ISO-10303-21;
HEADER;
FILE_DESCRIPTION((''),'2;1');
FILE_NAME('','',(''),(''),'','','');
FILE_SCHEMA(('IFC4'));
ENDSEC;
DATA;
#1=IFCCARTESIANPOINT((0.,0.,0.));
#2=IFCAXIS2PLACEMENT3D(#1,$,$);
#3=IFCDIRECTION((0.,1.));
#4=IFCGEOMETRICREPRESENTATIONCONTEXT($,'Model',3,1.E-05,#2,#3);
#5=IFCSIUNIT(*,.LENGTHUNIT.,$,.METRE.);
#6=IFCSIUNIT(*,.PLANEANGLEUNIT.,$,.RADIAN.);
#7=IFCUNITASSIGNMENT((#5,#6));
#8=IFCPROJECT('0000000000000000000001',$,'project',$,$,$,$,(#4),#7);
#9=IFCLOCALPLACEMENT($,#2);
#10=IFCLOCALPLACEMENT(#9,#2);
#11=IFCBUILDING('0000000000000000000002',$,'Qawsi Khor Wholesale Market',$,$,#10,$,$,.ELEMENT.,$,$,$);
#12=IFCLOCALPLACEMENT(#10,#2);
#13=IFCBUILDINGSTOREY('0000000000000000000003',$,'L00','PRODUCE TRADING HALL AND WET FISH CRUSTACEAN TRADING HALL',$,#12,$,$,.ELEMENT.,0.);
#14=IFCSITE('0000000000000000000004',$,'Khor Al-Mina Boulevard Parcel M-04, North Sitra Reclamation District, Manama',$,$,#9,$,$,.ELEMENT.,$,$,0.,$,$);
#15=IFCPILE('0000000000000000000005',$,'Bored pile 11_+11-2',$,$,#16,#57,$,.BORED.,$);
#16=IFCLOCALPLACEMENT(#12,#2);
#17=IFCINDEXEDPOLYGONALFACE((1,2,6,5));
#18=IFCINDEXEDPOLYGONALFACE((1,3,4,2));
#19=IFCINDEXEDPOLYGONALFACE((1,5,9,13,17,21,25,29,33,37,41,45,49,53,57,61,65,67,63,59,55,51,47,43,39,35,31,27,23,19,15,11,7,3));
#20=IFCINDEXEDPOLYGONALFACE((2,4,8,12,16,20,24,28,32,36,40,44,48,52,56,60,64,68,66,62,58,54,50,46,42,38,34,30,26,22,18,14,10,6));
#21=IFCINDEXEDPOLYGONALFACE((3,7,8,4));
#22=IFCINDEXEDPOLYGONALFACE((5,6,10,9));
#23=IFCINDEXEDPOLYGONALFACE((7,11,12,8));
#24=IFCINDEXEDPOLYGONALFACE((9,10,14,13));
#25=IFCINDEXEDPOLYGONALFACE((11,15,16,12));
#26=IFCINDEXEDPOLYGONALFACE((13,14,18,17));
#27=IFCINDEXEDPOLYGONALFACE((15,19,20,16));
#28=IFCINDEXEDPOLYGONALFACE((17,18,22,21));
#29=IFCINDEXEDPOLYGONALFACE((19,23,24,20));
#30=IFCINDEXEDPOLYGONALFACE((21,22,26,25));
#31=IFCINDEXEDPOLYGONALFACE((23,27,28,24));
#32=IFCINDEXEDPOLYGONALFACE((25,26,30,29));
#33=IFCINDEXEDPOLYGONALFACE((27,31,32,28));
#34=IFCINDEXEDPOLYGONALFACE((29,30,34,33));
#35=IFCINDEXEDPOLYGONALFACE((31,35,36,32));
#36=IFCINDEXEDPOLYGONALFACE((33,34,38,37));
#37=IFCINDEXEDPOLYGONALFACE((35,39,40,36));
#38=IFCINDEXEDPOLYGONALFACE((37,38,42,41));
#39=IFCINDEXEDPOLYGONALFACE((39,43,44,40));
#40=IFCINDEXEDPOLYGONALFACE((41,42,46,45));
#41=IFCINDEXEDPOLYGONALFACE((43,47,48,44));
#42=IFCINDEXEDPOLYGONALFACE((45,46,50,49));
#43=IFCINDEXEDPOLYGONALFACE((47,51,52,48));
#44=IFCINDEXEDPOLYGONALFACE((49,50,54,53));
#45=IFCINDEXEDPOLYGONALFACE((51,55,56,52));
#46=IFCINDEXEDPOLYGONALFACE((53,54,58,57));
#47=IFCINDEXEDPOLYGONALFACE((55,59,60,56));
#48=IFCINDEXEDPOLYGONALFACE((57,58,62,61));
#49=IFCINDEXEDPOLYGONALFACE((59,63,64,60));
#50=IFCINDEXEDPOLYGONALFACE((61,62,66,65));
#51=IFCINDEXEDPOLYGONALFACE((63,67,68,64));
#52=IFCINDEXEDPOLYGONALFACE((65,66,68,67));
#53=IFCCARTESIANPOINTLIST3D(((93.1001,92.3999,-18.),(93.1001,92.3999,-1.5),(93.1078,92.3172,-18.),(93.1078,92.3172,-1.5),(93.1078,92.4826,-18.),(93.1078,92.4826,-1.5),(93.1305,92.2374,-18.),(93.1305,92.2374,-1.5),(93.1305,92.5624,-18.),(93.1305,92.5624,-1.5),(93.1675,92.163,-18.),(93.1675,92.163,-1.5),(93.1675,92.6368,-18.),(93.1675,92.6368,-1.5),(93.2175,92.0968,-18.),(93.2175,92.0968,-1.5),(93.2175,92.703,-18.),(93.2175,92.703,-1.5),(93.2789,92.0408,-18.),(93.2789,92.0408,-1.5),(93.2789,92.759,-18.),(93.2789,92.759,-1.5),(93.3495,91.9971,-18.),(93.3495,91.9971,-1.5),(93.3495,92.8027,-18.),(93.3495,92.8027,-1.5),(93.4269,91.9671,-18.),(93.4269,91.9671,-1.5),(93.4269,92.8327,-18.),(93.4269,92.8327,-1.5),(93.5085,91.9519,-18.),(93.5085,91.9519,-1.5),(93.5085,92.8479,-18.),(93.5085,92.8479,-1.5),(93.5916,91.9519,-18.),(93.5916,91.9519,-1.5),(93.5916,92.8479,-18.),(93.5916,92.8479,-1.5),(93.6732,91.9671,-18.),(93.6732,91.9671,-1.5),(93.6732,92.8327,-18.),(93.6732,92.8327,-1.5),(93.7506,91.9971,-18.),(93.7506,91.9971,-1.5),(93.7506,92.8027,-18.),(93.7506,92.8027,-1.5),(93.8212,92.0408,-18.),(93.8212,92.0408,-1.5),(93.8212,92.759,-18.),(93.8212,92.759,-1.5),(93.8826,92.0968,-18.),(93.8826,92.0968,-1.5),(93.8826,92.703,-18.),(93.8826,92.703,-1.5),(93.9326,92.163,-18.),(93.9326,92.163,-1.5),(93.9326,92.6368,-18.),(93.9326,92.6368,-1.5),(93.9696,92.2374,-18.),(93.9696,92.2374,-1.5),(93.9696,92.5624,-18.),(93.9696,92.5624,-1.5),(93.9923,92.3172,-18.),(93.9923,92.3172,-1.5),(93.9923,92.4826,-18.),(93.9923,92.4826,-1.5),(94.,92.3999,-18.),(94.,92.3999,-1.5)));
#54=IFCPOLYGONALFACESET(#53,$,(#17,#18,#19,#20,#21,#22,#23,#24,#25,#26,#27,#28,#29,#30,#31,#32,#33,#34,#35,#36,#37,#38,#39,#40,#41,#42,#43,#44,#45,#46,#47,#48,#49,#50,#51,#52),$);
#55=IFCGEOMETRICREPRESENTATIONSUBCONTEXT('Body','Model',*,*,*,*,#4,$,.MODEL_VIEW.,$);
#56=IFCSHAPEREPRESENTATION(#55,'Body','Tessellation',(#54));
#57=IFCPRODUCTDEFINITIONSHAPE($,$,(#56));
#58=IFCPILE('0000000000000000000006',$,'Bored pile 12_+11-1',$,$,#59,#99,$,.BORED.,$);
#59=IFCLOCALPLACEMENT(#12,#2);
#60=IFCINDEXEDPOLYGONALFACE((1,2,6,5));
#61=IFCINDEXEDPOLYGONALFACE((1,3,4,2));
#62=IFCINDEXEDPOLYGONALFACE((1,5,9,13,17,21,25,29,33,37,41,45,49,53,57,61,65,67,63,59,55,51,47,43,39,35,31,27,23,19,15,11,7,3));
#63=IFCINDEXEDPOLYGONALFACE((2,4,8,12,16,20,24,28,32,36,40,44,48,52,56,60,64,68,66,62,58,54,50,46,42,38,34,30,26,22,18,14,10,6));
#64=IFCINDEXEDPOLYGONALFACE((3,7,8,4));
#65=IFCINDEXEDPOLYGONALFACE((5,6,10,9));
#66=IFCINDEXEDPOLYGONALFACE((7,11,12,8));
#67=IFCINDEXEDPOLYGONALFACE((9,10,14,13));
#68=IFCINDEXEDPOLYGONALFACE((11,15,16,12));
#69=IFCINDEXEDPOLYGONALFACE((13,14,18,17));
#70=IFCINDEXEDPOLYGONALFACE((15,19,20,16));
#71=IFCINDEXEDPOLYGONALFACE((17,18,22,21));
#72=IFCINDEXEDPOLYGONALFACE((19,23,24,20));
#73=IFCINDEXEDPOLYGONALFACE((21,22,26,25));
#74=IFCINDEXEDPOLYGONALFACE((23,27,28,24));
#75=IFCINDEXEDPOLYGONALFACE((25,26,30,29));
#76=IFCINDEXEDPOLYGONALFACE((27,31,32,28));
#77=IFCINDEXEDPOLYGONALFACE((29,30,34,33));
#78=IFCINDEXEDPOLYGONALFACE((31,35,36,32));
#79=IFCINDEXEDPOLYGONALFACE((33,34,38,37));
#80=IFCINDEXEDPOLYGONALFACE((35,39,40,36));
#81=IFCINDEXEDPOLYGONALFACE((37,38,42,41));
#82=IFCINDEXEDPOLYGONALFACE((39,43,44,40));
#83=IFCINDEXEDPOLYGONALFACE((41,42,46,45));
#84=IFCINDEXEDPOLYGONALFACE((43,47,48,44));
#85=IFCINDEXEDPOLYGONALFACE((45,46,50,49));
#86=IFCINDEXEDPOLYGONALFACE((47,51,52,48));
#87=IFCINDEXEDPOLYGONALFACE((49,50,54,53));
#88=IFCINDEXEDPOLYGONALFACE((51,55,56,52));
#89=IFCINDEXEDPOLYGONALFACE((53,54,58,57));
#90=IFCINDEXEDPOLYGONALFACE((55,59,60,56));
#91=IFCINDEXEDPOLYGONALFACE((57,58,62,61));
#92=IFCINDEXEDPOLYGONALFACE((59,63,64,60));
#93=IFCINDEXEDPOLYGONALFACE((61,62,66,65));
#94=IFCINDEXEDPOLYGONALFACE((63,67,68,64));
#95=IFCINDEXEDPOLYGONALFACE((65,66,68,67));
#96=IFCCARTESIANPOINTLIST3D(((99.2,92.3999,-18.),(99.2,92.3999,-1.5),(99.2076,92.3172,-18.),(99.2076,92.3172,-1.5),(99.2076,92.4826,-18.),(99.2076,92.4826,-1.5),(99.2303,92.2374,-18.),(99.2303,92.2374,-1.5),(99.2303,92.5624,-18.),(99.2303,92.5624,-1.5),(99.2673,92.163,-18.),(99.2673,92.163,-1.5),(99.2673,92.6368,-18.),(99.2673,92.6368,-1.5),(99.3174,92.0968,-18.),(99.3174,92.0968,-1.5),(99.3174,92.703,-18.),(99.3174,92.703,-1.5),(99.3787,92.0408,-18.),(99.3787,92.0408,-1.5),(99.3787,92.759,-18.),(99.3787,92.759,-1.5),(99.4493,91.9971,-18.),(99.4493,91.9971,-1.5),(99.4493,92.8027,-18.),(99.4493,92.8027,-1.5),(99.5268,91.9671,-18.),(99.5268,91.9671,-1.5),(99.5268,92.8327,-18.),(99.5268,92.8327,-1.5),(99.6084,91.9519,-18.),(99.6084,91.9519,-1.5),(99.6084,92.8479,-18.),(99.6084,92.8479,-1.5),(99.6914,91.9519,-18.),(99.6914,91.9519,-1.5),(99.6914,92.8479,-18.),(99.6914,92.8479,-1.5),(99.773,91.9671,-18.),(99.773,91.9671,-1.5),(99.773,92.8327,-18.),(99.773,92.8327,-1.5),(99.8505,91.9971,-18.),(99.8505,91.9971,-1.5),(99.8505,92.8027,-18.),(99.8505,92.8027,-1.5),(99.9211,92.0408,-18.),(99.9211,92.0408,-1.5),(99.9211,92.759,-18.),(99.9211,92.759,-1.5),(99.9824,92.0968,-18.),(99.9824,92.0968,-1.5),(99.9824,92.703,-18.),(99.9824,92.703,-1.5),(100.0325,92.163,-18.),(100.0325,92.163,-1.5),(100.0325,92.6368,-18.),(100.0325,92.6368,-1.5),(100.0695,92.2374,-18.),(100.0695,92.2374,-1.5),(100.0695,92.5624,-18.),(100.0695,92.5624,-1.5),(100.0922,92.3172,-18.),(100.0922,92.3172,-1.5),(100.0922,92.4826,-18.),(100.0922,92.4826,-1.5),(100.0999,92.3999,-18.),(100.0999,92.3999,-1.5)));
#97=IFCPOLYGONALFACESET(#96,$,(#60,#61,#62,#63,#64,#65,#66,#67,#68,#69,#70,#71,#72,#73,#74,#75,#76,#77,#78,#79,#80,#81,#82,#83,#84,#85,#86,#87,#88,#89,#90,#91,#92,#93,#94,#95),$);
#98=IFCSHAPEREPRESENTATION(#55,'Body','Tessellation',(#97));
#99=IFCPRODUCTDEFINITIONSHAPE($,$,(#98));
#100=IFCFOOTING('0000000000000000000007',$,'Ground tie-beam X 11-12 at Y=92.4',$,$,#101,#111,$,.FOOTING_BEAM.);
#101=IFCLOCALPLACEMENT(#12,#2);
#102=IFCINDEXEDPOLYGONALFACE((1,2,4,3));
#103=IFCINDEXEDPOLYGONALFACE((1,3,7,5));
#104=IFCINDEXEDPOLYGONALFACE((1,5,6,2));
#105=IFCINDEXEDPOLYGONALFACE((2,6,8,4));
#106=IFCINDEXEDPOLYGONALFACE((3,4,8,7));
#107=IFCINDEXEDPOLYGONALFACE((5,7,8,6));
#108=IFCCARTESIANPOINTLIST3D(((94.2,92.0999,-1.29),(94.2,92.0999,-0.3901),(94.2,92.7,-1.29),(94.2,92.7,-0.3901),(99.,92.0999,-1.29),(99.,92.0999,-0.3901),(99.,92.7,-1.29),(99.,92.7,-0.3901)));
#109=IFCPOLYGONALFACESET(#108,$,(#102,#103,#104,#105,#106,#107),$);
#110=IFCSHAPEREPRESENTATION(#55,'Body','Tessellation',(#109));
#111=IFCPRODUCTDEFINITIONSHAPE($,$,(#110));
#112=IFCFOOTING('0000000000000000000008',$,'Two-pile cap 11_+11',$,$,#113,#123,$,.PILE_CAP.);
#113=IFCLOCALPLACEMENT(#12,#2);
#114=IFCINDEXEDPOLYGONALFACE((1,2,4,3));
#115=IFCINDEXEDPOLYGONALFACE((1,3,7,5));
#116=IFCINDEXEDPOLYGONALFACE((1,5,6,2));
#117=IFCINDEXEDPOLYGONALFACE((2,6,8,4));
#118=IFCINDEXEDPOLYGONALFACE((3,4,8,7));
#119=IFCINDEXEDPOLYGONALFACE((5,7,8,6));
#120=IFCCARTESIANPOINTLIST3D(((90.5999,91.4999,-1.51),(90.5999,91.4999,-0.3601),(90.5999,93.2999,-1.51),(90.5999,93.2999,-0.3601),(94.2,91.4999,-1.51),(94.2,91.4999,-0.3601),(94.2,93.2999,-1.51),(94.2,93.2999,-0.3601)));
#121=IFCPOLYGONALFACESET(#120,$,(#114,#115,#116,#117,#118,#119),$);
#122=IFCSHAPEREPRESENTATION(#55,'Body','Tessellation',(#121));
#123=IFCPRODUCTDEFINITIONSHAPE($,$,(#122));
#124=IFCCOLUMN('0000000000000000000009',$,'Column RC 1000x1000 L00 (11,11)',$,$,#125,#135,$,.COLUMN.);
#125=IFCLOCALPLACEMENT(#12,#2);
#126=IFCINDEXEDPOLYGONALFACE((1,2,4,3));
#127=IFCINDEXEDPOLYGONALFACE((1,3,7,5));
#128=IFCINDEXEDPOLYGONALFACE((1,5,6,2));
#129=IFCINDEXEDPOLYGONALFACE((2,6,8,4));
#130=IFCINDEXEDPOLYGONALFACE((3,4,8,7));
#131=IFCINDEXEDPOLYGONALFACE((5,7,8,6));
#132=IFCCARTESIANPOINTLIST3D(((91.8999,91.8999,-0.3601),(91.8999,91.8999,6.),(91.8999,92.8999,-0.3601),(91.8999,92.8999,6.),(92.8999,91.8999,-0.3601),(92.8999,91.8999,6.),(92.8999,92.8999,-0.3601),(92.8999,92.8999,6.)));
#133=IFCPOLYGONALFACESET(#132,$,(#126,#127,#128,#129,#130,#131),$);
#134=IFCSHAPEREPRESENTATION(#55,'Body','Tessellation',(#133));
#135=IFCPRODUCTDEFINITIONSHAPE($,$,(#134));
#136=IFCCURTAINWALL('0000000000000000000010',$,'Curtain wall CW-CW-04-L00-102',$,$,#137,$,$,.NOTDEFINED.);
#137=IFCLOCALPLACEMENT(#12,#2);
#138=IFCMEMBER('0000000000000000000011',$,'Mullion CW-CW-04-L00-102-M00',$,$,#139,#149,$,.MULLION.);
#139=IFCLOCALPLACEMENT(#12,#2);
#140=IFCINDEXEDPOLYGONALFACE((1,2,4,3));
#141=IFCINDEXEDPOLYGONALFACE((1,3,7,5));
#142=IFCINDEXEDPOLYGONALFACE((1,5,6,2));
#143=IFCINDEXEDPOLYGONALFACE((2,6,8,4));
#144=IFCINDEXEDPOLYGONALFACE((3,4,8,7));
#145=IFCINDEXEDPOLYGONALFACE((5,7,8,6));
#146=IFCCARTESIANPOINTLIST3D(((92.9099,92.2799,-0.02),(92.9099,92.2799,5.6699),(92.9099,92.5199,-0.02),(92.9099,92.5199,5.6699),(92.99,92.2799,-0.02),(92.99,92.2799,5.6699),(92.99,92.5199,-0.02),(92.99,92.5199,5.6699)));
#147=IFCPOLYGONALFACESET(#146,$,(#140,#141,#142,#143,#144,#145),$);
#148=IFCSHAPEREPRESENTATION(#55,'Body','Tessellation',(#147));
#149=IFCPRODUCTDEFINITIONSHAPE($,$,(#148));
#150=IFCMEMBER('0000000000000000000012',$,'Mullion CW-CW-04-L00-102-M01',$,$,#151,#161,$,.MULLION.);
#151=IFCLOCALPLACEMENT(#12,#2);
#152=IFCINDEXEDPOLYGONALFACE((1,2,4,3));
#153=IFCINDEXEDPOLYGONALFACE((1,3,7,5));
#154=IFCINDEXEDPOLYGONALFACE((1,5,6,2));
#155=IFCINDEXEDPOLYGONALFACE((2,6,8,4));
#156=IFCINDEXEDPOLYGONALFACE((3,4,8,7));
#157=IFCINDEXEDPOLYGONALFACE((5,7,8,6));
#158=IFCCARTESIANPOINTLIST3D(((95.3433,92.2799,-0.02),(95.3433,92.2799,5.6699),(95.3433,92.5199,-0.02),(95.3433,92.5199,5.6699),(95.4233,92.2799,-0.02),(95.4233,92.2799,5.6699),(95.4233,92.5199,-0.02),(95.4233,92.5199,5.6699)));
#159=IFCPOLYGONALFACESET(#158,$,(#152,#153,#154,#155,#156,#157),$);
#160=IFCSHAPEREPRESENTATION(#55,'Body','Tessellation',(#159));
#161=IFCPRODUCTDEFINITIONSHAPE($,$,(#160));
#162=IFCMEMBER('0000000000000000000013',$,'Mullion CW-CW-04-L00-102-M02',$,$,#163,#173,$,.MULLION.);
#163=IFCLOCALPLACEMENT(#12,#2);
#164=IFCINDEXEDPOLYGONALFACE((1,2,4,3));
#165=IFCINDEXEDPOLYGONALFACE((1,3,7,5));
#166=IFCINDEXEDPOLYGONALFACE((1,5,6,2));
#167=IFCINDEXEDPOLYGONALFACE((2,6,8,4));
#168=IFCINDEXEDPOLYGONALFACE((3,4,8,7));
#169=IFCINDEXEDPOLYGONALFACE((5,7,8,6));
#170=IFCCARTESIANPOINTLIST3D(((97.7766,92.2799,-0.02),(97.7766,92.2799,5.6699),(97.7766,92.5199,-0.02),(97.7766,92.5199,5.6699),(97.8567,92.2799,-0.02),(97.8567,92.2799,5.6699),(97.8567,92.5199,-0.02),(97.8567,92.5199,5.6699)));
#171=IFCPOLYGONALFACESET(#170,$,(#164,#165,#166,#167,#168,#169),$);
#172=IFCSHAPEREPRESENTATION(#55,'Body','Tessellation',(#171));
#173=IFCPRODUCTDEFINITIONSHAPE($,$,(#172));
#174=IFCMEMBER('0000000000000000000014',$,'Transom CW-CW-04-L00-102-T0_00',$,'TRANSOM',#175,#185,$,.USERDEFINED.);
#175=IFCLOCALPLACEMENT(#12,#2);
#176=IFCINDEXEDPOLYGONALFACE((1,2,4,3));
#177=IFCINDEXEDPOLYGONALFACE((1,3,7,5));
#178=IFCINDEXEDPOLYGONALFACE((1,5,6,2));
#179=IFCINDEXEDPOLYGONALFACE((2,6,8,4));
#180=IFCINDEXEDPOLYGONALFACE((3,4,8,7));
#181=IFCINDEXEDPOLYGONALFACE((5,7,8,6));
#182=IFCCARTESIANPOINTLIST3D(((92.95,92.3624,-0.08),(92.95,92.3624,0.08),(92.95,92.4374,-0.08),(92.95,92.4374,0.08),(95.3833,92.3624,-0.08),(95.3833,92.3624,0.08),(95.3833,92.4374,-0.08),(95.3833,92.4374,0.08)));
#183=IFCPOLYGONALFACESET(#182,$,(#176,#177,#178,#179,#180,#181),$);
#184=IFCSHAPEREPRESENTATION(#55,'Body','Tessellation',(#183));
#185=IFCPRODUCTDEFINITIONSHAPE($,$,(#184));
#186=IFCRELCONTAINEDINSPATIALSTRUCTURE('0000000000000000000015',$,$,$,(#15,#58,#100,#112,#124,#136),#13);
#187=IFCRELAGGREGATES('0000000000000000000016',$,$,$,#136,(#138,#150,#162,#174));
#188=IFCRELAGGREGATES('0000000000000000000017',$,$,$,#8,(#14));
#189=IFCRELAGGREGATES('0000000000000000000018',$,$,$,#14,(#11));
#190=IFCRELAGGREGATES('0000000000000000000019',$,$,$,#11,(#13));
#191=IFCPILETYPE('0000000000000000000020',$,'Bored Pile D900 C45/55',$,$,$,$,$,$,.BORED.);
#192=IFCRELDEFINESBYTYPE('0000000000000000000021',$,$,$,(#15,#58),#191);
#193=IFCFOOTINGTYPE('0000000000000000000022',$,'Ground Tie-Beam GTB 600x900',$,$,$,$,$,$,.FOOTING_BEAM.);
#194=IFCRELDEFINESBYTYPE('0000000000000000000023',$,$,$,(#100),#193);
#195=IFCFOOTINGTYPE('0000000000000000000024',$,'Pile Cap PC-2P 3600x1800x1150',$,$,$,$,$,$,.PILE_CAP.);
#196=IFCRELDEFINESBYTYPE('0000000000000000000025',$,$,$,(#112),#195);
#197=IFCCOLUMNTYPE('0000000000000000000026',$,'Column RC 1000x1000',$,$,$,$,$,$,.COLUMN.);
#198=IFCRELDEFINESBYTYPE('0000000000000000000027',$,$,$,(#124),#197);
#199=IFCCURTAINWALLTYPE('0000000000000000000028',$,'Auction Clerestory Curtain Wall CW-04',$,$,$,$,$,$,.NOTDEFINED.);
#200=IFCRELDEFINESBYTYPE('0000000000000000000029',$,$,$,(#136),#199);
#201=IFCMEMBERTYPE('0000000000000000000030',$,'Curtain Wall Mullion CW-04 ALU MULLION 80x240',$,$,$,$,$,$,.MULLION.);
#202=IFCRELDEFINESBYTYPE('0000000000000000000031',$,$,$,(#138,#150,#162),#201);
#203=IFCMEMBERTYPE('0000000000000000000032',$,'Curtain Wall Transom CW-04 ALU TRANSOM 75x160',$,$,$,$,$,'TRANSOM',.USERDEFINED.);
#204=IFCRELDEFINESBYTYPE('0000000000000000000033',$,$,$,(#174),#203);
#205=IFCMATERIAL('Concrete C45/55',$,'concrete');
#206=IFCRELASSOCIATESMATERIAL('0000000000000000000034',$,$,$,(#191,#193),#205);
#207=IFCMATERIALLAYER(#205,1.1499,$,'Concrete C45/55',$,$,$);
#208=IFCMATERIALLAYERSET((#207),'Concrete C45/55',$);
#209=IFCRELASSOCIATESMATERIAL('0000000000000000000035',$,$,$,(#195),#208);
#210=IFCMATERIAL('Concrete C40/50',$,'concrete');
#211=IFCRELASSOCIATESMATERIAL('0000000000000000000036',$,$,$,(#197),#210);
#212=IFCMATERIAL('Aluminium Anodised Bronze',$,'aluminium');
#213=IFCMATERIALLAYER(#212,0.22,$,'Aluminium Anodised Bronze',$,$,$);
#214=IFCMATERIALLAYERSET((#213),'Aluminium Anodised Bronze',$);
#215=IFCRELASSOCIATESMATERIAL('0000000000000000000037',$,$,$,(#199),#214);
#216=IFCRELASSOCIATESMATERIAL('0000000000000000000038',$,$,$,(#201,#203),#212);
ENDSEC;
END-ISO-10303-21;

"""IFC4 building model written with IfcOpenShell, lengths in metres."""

from ifc_helpers import new_model, si_unit, direction, frame, origin, origin_2d, place, context, subcontext, project, spatial, rectangle, circle, extrude, material, layer, layer_set, material_profile, profile_set, type_object, element, aggregate, save


model = new_model("IFC4")

# Units and contexts
model_context = context("Model", 3, precision=1e-05, world=origin(), true_north=direction((0.0, 1.0)))
body_context = subcontext(model_context, "Body", "Model", "MODEL_VIEW")
ifc_project = project(units=[si_unit("LENGTHUNIT", "METRE"), si_unit("PLANEANGLEUNIT", "RADIAN")], contexts=[model_context])

# Site, building, storey
site_placement = place(None, origin())
site = spatial("IfcSite", under=ifc_project, at=site_placement, Name="Khor Al-Mina Boulevard Parcel M-04, North Sitra Reclamation District, Manama", CompositionType="ELEMENT", RefElevation=0.0)
building_placement = place(site_placement, origin())
building = spatial("IfcBuilding", under=site, at=building_placement, Name="Qawsi Khor Wholesale Market", CompositionType="ELEMENT")
storey_placement = place(building_placement, origin())
storey = spatial("IfcBuildingStorey", under=building, at=storey_placement, Name="L00", Description="PRODUCE TRADING HALL AND WET FISH CRUSTACEAN TRADING HALL", CompositionType="ELEMENT", Elevation=0.0)

# Piles
ifc_material_1 = material(Name="Concrete C45/55", Category="concrete")
ifc_material_profile_1 = material_profile(ifc_material_1, circle(Radius=0.45, at=origin_2d()), Name="PILE D900")
ifc_profile_set_1 = profile_set([ifc_material_profile_1], Name="Concrete C45/55")
pile_type = type_object("IfcPileType", Name="Bored Pile D900 C45/55", PredefinedType="BORED", material=ifc_profile_set_1)
for number, where, z_axis, x_axis, name in (
    (1, (93.55, 92.3999, -1.5), (0.0, 0.0, -1.0), (1.0, 0.0, 0.0), "Bored pile 11_+11-2"),
    (2, (99.6499, 92.3999, -1.5), (0.0, 0.0, -1.0), (1.0, 0.0, 0.0), "Bored pile 12_+11-1"),
):
    element("IfcPile", number, at=place(storey_placement, frame(where, z_axis=z_axis, x_axis=x_axis)), inside=storey, type_object=pile_type, Name=name, PredefinedType="BORED", context=body_context, shape_type="SweptSolid", body=[
        extrude(circle(Radius=0.45, at=origin_2d()), origin(), (0.0, 0.0, 1.0), 16.5),
    ])

# Footings
ifc_material_profile_2 = material_profile(ifc_material_1, rectangle(XDim=0.6001, YDim=0.8999, at=origin_2d()), Name="RC 600x900")
ifc_profile_set_2 = profile_set([ifc_material_profile_2], Name="Concrete C45/55")
footing_type_1 = type_object("IfcFootingType", Name="Ground Tie-Beam GTB 600x900", PredefinedType="FOOTING_BEAM", material=ifc_profile_set_2)
footing_1_placement = place(storey_placement, frame((94.2, 92.3999, -0.8401), z_axis=(1.0, 0.0, 0.0), x_axis=(0.0, 1.0, 0.0)))
element("IfcFooting", 3, at=footing_1_placement, inside=storey, type_object=footing_type_1, Name="Ground tie-beam X 11-12 at Y=92.4", PredefinedType="FOOTING_BEAM", context=body_context, shape_type="SweptSolid", body=[
    extrude(rectangle(XDim=0.6001, YDim=0.8999, at=origin_2d()), origin(), (0.0, 0.0, 1.0), 4.8),
])
ifc_layer_1 = layer(ifc_material_1, 1.1499, Name="Concrete C45/55")
ifc_layer_set_1 = layer_set([ifc_layer_1], Name="Concrete C45/55")
footing_type_2 = type_object("IfcFootingType", Name="Pile Cap PC-2P 3600x1800x1150", PredefinedType="PILE_CAP", material=ifc_layer_set_1)
footing_2_placement = place(storey_placement, frame((92.3999, 92.3999, -1.51), z_axis=(0.0, 0.0, 1.0), x_axis=(1.0, 0.0, 0.0)))
element("IfcFooting", 4, at=footing_2_placement, inside=storey, type_object=footing_type_2, Name="Two-pile cap 11_+11", PredefinedType="PILE_CAP", context=body_context, shape_type="SweptSolid", body=[
    extrude(rectangle(XDim=3.6001, YDim=1.8, at=origin_2d()), origin(), (0.0, 0.0, 1.0), 1.1499),
])

# Column
ifc_material_2 = material(Name="Concrete C40/50", Category="concrete")
ifc_material_profile_3 = material_profile(ifc_material_2, rectangle(XDim=1.0, YDim=1.0, at=origin_2d()), Name="RC 1000x1000")
ifc_profile_set_3 = profile_set([ifc_material_profile_3], Name="Concrete C40/50")
column_type = type_object("IfcColumnType", Name="Column RC 1000x1000", PredefinedType="COLUMN", material=ifc_profile_set_3)
column_placement = place(storey_placement, frame((92.3999, 92.3999, -0.3601), z_axis=(0.0, 0.0, 1.0), x_axis=(1.0, 0.0, 0.0)))
element("IfcColumn", 5, at=column_placement, inside=storey, type_object=column_type, Name="Column RC 1000x1000 L00 (11,11)", PredefinedType="COLUMN", context=body_context, shape_type="SweptSolid", body=[
    extrude(rectangle(XDim=1.0, YDim=1.0, at=origin_2d()), origin(), (0.0, 0.0, 1.0), 6.3601),
])

# Curtain wall, members
ifc_material_3 = material(Name="Aluminium Anodised Bronze", Category="aluminium")
ifc_layer_2 = layer(ifc_material_3, 0.22, Name="Aluminium Anodised Bronze")
ifc_layer_set_2 = layer_set([ifc_layer_2], Name="Aluminium Anodised Bronze")
curtain_wall_type = type_object("IfcCurtainWallType", Name="Auction Clerestory Curtain Wall CW-04", PredefinedType="NOTDEFINED", material=ifc_layer_set_2)
curtain_wall_placement = place(storey_placement, origin())
curtain_wall = element("IfcCurtainWall", 6, at=curtain_wall_placement, inside=storey, type_object=curtain_wall_type, Name="Curtain wall CW-CW-04-L00-102", PredefinedType="NOTDEFINED")
ifc_material_profile_4 = material_profile(ifc_material_3, rectangle(XDim=0.0801, YDim=0.24, at=origin_2d()), Name="ALU MULLION 80x240")
ifc_profile_set_4 = profile_set([ifc_material_profile_4], Name="Aluminium Anodised Bronze")
member_type_1 = type_object("IfcMemberType", Name="Curtain Wall Mullion CW-04 ALU MULLION 80x240", PredefinedType="MULLION", material=ifc_profile_set_4)
member_1_placement = place(storey_placement, frame((92.95, 92.3999, -0.02), z_axis=(0.0, 0.0, 1.0), x_axis=(1.0, 0.0, 0.0)))
member_1 = element("IfcMember", 7, at=member_1_placement, type_object=member_type_1, Name="Mullion CW-CW-04-L00-102-M00", PredefinedType="MULLION", context=body_context, shape_type="SweptSolid", body=[
    extrude(rectangle(XDim=0.0801, YDim=0.24, at=origin_2d()), origin(), (0.0, 0.0, 1.0), 5.6899),
])
member_2_placement = place(storey_placement, frame((95.3833, 92.3999, -0.02), z_axis=(0.0, 0.0, 1.0), x_axis=(1.0, 0.0, 0.0)))
member_2 = element("IfcMember", 8, at=member_2_placement, type_object=member_type_1, Name="Mullion CW-CW-04-L00-102-M01", PredefinedType="MULLION", context=body_context, shape_type="SweptSolid", body=[
    extrude(rectangle(XDim=0.0801, YDim=0.24, at=origin_2d()), origin(), (0.0, 0.0, 1.0), 5.6899),
])
member_3_placement = place(storey_placement, frame((97.8167, 92.3999, -0.02), z_axis=(0.0, 0.0, 1.0), x_axis=(1.0, 0.0, 0.0)))
member_3 = element("IfcMember", 9, at=member_3_placement, type_object=member_type_1, Name="Mullion CW-CW-04-L00-102-M02", PredefinedType="MULLION", context=body_context, shape_type="SweptSolid", body=[
    extrude(rectangle(XDim=0.0801, YDim=0.24, at=origin_2d()), origin(), (0.0, 0.0, 1.0), 5.6899),
])
ifc_material_profile_5 = material_profile(ifc_material_3, rectangle(XDim=0.075, YDim=0.1599, at=origin_2d()), Name="ALU TRANSOM 75x160")
ifc_profile_set_5 = profile_set([ifc_material_profile_5], Name="Aluminium Anodised Bronze")
member_type_2 = type_object("IfcMemberType", Name="Curtain Wall Transom CW-04 ALU TRANSOM 75x160", ElementType="TRANSOM", PredefinedType="USERDEFINED", material=ifc_profile_set_5)
member_4_placement = place(storey_placement, frame((92.95, 92.3999, 0.0), z_axis=(1.0, 0.0, 0.0), x_axis=(0.0, 1.0, 0.0)))
member_4 = element("IfcMember", 10, at=member_4_placement, type_object=member_type_2, Name="Transom CW-CW-04-L00-102-T0_00", ObjectType="TRANSOM", PredefinedType="USERDEFINED", context=body_context, shape_type="SweptSolid", body=[
    extrude(rectangle(XDim=0.075, YDim=0.1599, at=origin_2d()), origin(), (0.0, 0.0, 1.0), 2.4333),
])
aggregate(curtain_wall, [member_1, member_2, member_3, member_4])

save(model, "model.ifc")
